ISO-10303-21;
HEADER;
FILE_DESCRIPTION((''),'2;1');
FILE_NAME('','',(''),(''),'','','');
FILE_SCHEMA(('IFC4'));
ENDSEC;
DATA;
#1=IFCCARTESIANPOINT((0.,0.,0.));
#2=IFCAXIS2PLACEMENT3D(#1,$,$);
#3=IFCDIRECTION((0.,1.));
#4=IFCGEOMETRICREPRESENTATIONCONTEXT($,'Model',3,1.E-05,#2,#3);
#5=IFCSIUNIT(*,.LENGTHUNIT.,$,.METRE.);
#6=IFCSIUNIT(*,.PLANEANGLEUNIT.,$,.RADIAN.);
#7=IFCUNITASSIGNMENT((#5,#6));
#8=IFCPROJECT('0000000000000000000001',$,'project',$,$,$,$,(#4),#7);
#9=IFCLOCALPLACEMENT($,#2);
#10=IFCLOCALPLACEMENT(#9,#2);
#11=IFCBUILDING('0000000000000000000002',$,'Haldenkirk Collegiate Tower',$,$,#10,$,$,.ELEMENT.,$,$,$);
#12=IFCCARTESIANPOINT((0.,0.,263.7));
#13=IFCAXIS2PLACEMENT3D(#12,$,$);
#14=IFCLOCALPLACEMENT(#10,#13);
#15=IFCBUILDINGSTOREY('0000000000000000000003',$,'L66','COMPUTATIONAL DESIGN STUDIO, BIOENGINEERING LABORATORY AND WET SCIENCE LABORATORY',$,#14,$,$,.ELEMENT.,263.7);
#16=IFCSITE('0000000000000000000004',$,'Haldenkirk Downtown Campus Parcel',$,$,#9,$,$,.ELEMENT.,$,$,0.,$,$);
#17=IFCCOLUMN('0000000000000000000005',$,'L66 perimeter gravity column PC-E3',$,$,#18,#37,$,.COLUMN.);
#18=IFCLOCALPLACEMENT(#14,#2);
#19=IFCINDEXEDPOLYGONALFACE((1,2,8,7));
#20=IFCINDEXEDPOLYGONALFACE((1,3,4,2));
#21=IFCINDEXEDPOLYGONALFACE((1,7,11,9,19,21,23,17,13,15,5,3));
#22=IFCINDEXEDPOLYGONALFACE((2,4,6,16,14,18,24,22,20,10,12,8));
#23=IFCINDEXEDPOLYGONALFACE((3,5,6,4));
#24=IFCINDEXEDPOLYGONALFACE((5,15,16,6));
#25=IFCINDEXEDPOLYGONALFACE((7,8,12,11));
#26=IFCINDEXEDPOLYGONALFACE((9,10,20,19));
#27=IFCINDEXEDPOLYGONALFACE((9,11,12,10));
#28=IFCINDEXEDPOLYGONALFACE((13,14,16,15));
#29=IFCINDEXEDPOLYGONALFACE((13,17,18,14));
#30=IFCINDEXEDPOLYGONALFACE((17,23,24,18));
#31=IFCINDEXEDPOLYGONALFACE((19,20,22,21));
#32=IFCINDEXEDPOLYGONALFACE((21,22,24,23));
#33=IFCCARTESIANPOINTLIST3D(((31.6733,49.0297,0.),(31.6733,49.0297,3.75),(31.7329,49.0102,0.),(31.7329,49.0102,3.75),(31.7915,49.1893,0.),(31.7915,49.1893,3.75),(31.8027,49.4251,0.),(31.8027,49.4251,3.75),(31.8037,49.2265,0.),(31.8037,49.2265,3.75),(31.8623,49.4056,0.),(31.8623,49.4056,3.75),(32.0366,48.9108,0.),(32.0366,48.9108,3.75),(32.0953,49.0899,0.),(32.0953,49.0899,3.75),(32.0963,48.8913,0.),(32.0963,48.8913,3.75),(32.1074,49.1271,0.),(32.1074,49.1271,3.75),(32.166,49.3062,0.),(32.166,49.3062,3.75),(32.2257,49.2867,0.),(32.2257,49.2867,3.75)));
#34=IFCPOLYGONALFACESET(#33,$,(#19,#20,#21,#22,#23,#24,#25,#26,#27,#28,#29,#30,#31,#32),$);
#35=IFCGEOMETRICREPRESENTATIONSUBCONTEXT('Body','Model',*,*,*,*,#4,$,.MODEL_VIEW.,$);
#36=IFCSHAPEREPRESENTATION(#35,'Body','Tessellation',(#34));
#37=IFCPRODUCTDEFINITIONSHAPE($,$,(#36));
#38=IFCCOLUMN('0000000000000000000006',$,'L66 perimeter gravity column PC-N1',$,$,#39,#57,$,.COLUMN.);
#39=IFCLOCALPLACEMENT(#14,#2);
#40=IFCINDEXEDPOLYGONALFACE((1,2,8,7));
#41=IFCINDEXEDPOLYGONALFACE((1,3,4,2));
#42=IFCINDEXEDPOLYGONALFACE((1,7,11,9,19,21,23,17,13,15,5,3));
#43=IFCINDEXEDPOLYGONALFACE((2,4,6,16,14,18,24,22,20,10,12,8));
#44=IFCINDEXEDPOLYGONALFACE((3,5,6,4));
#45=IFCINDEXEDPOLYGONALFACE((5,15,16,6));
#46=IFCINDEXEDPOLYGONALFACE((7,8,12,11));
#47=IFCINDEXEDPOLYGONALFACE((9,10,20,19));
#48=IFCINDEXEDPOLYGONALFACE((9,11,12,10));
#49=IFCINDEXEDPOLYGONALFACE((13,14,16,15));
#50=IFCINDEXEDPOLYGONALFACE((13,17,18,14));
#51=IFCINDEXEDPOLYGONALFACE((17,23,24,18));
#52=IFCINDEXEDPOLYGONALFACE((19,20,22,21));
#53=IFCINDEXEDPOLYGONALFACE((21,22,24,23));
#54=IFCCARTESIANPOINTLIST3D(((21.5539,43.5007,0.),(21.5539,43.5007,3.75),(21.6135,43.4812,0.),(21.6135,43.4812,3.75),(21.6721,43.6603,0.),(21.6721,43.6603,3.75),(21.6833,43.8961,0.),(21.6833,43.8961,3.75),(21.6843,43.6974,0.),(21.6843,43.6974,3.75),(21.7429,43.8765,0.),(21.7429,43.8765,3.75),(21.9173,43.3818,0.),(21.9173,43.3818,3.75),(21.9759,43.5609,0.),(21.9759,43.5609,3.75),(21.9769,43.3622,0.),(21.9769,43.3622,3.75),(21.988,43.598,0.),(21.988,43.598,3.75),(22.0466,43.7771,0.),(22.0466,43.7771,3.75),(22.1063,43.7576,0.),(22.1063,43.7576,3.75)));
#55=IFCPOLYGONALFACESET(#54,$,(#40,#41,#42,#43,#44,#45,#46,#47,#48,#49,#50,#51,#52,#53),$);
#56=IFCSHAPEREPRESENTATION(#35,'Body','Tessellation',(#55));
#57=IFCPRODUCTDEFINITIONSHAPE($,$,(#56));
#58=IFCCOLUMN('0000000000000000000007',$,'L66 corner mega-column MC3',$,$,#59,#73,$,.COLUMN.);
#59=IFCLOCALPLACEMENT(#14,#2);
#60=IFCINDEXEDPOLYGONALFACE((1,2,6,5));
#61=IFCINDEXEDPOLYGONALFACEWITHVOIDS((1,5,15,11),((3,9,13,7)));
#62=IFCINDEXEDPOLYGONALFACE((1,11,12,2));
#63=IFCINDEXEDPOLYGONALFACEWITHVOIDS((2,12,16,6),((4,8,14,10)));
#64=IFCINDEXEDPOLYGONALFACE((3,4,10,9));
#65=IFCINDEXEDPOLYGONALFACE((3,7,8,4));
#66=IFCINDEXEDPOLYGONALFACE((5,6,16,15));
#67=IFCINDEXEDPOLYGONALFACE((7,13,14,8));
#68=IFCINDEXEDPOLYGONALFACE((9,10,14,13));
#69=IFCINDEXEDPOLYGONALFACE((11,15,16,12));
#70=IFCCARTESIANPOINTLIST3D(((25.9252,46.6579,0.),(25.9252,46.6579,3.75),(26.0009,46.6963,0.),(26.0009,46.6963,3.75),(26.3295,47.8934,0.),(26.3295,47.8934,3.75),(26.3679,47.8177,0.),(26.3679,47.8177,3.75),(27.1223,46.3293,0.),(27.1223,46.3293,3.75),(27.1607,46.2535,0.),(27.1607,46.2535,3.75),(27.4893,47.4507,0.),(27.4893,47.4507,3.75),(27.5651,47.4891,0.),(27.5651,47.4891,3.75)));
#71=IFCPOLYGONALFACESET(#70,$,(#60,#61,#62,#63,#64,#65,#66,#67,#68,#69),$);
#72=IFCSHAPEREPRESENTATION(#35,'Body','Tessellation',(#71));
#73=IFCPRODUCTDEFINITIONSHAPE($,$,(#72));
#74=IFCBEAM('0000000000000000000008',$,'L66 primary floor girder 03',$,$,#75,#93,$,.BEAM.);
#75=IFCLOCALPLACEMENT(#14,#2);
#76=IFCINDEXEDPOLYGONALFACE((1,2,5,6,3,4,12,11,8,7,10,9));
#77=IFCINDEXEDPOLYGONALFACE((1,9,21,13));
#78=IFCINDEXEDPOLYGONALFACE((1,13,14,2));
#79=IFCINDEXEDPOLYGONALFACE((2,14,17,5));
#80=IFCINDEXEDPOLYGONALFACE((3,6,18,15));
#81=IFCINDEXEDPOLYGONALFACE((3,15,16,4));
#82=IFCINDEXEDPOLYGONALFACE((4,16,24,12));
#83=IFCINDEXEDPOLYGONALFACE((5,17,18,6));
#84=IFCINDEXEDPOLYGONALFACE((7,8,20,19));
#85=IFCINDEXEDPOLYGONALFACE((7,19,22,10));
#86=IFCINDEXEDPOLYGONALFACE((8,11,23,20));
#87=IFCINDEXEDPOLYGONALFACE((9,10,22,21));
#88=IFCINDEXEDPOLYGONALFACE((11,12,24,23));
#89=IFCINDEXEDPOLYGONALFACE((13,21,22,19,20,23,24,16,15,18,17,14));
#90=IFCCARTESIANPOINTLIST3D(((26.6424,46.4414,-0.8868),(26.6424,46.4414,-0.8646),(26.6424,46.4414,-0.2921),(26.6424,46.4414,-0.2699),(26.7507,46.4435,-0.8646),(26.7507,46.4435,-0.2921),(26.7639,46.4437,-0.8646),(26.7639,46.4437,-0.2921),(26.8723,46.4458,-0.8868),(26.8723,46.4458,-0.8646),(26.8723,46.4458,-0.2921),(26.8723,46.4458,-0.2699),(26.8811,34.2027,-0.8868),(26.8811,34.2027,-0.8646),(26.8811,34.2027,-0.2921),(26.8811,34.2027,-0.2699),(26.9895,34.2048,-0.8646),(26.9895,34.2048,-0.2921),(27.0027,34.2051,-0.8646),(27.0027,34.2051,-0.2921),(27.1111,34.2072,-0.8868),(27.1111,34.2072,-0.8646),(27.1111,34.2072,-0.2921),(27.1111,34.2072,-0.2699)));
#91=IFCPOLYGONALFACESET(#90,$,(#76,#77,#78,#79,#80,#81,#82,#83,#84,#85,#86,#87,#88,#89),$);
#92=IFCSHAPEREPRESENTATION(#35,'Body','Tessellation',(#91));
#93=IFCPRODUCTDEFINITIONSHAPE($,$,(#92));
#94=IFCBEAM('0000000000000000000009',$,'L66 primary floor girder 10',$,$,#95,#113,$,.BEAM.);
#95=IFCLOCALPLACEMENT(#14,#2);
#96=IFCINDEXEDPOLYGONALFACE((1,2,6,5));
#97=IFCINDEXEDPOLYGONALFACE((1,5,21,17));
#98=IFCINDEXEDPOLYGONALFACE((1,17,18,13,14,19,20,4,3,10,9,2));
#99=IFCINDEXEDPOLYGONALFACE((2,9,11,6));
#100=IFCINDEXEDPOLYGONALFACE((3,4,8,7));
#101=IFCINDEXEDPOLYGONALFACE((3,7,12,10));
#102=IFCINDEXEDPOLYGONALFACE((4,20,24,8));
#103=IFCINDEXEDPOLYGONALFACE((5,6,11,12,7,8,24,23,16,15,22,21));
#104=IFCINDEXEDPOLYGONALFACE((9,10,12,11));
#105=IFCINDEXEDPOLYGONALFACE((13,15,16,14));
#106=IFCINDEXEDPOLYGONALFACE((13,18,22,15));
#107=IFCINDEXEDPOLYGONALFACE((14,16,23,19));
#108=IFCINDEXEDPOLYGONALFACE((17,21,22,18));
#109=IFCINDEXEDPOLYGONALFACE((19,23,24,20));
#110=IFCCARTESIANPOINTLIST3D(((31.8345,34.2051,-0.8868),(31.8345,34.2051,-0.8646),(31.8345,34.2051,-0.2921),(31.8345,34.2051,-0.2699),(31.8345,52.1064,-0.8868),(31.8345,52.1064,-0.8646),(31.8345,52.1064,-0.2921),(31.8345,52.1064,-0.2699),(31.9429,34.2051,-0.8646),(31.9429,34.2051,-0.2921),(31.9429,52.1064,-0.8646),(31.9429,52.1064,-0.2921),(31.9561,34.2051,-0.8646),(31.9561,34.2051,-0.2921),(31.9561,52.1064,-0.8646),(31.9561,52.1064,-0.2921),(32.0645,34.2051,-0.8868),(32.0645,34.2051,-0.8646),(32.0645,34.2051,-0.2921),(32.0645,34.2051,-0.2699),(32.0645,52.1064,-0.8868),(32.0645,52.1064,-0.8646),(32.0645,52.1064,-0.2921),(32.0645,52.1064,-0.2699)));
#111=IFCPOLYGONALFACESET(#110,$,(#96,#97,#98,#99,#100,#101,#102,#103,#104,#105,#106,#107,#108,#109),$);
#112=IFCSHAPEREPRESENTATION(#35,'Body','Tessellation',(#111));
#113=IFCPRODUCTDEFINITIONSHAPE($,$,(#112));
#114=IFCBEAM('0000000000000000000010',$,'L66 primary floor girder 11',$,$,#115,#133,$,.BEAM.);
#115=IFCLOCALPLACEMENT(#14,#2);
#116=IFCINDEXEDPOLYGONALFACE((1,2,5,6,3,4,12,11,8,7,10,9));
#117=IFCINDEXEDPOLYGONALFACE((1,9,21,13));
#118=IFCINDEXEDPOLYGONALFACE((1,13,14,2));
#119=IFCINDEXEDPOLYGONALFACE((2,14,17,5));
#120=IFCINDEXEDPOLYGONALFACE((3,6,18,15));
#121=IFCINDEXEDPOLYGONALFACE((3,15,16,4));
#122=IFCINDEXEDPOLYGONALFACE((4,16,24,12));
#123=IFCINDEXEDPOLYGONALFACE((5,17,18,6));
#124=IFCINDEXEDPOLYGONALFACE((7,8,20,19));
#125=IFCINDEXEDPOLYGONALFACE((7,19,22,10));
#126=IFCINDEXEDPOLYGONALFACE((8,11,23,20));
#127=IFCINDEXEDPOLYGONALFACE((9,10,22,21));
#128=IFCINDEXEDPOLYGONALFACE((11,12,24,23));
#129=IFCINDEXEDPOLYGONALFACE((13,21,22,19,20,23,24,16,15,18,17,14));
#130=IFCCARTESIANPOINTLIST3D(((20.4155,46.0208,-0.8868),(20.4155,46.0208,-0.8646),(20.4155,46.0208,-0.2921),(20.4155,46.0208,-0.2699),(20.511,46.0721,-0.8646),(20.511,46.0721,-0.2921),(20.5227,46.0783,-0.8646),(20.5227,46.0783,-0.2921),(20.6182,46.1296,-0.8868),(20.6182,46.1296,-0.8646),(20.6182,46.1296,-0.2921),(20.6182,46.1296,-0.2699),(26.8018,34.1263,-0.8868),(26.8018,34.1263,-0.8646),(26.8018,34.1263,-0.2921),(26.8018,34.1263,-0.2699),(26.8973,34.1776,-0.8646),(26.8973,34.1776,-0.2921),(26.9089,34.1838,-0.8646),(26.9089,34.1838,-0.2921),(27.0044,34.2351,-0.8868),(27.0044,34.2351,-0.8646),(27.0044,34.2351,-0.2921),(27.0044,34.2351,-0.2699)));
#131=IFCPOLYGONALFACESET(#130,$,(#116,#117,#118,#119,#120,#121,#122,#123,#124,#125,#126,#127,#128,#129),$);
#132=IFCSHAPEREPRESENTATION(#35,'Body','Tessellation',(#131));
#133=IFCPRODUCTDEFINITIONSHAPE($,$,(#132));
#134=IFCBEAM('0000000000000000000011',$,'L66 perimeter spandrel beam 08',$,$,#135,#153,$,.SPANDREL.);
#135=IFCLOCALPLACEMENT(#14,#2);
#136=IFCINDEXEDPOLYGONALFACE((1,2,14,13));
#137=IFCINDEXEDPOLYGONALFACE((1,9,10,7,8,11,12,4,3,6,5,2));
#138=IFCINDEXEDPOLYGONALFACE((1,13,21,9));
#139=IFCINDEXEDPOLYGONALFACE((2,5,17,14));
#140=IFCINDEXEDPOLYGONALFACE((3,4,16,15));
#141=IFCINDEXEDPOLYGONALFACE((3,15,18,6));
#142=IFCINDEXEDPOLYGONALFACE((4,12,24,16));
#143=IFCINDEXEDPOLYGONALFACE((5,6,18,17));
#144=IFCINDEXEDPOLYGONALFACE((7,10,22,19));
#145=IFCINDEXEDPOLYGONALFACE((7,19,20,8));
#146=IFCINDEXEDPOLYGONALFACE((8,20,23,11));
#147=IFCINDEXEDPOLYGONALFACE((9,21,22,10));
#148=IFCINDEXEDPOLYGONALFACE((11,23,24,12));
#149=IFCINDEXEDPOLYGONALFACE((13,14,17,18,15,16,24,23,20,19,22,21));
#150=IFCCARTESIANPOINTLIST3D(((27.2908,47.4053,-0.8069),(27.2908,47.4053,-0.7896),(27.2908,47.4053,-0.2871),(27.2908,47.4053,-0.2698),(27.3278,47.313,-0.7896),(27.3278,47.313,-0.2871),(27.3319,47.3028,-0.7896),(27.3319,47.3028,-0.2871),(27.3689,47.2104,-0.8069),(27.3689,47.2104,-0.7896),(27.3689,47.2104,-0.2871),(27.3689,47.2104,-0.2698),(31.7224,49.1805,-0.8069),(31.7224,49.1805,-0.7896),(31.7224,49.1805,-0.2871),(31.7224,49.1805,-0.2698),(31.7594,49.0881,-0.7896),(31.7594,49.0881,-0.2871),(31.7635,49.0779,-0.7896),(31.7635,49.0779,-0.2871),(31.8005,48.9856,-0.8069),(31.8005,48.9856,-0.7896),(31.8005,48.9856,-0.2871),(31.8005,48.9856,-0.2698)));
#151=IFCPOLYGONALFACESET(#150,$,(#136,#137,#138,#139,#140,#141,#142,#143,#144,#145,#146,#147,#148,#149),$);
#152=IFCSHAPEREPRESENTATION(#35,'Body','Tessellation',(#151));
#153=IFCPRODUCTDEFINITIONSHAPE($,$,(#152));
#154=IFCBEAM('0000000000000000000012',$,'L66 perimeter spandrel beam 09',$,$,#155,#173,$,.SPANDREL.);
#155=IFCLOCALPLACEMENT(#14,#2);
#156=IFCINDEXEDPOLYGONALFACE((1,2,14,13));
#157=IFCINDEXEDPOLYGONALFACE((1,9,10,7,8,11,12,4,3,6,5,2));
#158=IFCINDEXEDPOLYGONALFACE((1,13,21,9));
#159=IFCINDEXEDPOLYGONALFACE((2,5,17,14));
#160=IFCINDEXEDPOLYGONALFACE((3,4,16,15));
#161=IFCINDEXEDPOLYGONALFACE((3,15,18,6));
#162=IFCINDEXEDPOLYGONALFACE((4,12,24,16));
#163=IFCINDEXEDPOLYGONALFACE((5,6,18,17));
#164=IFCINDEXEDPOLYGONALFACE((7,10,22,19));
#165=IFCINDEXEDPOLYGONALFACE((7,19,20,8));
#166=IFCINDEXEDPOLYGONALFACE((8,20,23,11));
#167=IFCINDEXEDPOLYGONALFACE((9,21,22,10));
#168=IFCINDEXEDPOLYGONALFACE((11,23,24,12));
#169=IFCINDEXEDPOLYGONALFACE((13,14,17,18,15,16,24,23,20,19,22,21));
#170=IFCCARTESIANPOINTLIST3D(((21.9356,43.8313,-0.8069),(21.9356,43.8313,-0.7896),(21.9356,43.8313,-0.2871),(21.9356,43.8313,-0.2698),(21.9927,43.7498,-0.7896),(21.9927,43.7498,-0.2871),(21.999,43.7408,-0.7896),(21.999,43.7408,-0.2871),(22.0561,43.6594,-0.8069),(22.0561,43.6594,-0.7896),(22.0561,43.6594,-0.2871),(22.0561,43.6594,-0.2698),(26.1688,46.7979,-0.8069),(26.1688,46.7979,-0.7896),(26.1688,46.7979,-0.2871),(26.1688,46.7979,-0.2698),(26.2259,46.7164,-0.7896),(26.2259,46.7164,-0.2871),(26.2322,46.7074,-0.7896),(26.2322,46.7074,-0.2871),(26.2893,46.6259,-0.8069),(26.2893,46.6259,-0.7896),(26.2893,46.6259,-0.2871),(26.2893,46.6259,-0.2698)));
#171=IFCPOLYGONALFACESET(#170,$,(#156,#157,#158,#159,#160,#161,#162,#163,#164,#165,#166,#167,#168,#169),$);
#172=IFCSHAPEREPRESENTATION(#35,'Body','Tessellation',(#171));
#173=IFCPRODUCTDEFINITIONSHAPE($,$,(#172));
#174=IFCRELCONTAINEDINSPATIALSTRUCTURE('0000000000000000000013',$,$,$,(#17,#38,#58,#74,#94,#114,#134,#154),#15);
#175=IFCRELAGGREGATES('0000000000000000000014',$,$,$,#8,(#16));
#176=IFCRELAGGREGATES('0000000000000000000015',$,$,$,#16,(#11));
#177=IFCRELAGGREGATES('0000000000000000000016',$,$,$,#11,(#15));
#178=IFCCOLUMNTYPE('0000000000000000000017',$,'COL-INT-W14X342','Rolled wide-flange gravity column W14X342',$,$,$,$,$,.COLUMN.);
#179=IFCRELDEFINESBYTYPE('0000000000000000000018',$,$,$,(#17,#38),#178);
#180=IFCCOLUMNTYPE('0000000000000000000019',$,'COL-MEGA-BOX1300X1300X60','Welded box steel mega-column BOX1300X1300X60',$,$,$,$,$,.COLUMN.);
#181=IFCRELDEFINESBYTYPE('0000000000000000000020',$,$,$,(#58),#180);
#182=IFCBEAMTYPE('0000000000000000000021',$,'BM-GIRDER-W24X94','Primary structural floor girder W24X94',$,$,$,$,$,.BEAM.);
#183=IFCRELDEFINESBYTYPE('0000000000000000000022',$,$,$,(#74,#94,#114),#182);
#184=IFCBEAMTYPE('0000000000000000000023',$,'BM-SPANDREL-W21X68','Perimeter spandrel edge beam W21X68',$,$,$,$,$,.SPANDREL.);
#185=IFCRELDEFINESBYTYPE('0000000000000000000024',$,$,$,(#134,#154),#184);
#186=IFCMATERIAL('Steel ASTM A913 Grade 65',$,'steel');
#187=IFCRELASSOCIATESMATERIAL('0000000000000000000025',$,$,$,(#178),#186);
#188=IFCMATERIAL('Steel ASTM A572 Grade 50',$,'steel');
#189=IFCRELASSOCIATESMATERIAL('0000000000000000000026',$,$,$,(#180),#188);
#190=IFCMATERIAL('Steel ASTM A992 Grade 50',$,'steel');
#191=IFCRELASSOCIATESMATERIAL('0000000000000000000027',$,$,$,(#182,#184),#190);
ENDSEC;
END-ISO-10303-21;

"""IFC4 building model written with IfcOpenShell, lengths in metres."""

from ifc_helpers import new_model, si_unit, direction, frame, origin, origin_2d, place, context, subcontext, project, spatial, hollow_rectangle, i_section, extrude, material, material_profile, profile_set, type_object, element, save


model = new_model("IFC4")

# Units and contexts
model_context = context("Model", 3, precision=1e-05, world=origin(), true_north=direction((0.0, 1.0)))
body_context = subcontext(model_context, "Body", "Model", "MODEL_VIEW")
ifc_project = project(units=[si_unit("LENGTHUNIT", "METRE"), si_unit("PLANEANGLEUNIT", "RADIAN")], contexts=[model_context])

# Site, building, storey
site_placement = place(None, origin())
site = spatial("IfcSite", under=ifc_project, at=site_placement, Name="Haldenkirk Downtown Campus Parcel", CompositionType="ELEMENT", RefElevation=0.0)
building_placement = place(site_placement, origin())
building = spatial("IfcBuilding", under=site, at=building_placement, Name="Haldenkirk Collegiate Tower", CompositionType="ELEMENT")
storey_placement = place(building_placement, frame((0.0, 0.0, 263.7)))
storey = spatial("IfcBuildingStorey", under=building, at=storey_placement, Name="L66", Description="COMPUTATIONAL DESIGN STUDIO, BIOENGINEERING LABORATORY AND WET SCIENCE LABORATORY", CompositionType="ELEMENT", Elevation=263.7)

# Columns
ifc_material_1 = material(Name="Steel ASTM A913 Grade 65", Category="steel")
ifc_material_profile_1 = material_profile(ifc_material_1, i_section(OverallWidth=0.416, OverallDepth=0.4451, WebThickness=0.0391, FlangeThickness=0.0627, at=origin_2d()), Name="W14X342")
ifc_profile_set_1 = profile_set([ifc_material_profile_1], Name="Steel ASTM A913 Grade 65")
column_type_1 = type_object("IfcColumnType", Name="COL-INT-W14X342", Description="Rolled wide-flange gravity column W14X342", PredefinedType="COLUMN", material=ifc_profile_set_1)
for number, where, z_axis, x_axis, name in (
    (1, (31.9495, 49.1582, 0.0), (0.0, 0.0, 1.0), (0.311008, 0.950407, 0.0), "L66 perimeter gravity column PC-E3"),
    (2, (21.8301, 43.6292, 0.0), (0.0, 0.0, 1.0), (0.311008, 0.950407, 0.0), "L66 perimeter gravity column PC-N1"),
):
    element("IfcColumn", number, at=place(storey_placement, frame(where, z_axis=z_axis, x_axis=x_axis)), inside=storey, type_object=column_type_1, Name=name, PredefinedType="COLUMN", context=body_context, shape_type="SweptSolid", body=[
        extrude(i_section(OverallWidth=0.416, OverallDepth=0.4451, WebThickness=0.0391, FlangeThickness=0.0627, at=origin_2d()), origin(), (0.0, 0.0, 1.0), 3.75),
    ])
ifc_material_2 = material(Name="Steel ASTM A572 Grade 50", Category="steel")
ifc_material_profile_2 = material_profile(ifc_material_2, hollow_rectangle(XDim=1.3, YDim=1.3, WallThickness=0.0601, at=origin_2d()), Name="BOX1300X1300X60")
ifc_profile_set_2 = profile_set([ifc_material_profile_2], Name="Steel ASTM A572 Grade 50")
column_type_2 = type_object("IfcColumnType", Name="COL-MEGA-BOX1300X1300X60", Description="Welded box steel mega-column BOX1300X1300X60", PredefinedType="COLUMN", material=ifc_profile_set_2)
column_placement = place(storey_placement, frame((26.7451, 47.0735, 0.0), z_axis=(0.0, 0.0, 1.0), x_axis=(0.311008, 0.950407, 0.0)))
element("IfcColumn", 3, at=column_placement, inside=storey, type_object=column_type_2, Name="L66 corner mega-column MC3", PredefinedType="COLUMN", context=body_context, shape_type="SweptSolid", body=[
    extrude(hollow_rectangle(XDim=1.3, YDim=1.3, WallThickness=0.0601, at=origin_2d()), origin(), (0.0, 0.0, 1.0), 3.75),
])

# Beams
ifc_material_3 = material(Name="Steel ASTM A992 Grade 50", Category="steel")
ifc_material_profile_3 = material_profile(ifc_material_3, i_section(OverallWidth=0.23, OverallDepth=0.6169, WebThickness=0.0132, FlangeThickness=0.0222, at=origin_2d()), Name="W24X94")
ifc_profile_set_3 = profile_set([ifc_material_profile_3], Name="Steel ASTM A992 Grade 50")
beam_type_1 = type_object("IfcBeamType", Name="BM-GIRDER-W24X94", Description="Primary structural floor girder W24X94", PredefinedType="BEAM", material=ifc_profile_set_3)
beam_1_placement = place(storey_placement, frame((26.7573, 46.4436, -0.5784), z_axis=(0.019506, -0.99981, 0.0), x_axis=(0.99981, 0.019506, 0.0)))
element("IfcBeam", 4, at=beam_1_placement, inside=storey, type_object=beam_type_1, Name="L66 primary floor girder 03", PredefinedType="BEAM", context=body_context, shape_type="SweptSolid", body=[
    extrude(i_section(OverallWidth=0.23, OverallDepth=0.6169, WebThickness=0.0132, FlangeThickness=0.0222, at=origin_2d()), origin(), (0.0, 0.0, 1.0), 12.241),
])
beam_2_placement = place(storey_placement, frame((31.9495, 52.1064, -0.5784), z_axis=(0.0, -1.0, 0.0), x_axis=(1.0, 0.0, 0.0)))
element("IfcBeam", 5, at=beam_2_placement, inside=storey, type_object=beam_type_1, Name="L66 primary floor girder 10", PredefinedType="BEAM", context=body_context, shape_type="SweptSolid", body=[
    extrude(i_section(OverallWidth=0.23, OverallDepth=0.6169, WebThickness=0.0132, FlangeThickness=0.0222, at=origin_2d()), origin(), (0.0, 0.0, 1.0), 17.9014),
])
beam_3_placement = place(storey_placement, frame((20.5168, 46.0752, -0.5784), z_axis=(0.473036, -0.881043, 0.0), x_axis=(0.881043, 0.473036, 0.0)))
element("IfcBeam", 6, at=beam_3_placement, inside=storey, type_object=beam_type_1, Name="L66 primary floor girder 11", PredefinedType="BEAM", context=body_context, shape_type="SweptSolid", body=[
    extrude(i_section(OverallWidth=0.23, OverallDepth=0.6169, WebThickness=0.0132, FlangeThickness=0.0222, at=origin_2d()), origin(), (0.0, 0.0, 1.0), 13.5005),
])
ifc_material_profile_4 = material_profile(ifc_material_3, i_section(OverallWidth=0.21, OverallDepth=0.5371, WebThickness=0.011, FlangeThickness=0.0173, at=origin_2d()), Name="W21X68")
ifc_profile_set_4 = profile_set([ifc_material_profile_4], Name="Steel ASTM A992 Grade 50")
beam_type_2 = type_object("IfcBeamType", Name="BM-SPANDREL-W21X68", Description="Perimeter spandrel edge beam W21X68", PredefinedType="SPANDREL", material=ifc_profile_set_4)
beam_4_placement = place(storey_placement, frame((31.7615, 49.083, -0.5383), z_axis=(-0.928297, -0.37184, 0.0), x_axis=(0.37184, -0.928297, 0.0)))
element("IfcBeam", 7, at=beam_4_placement, inside=storey, type_object=beam_type_2, Name="L66 perimeter spandrel beam 08", PredefinedType="SPANDREL", context=body_context, shape_type="SweptSolid", body=[
    extrude(i_section(OverallWidth=0.21, OverallDepth=0.5371, WebThickness=0.011, FlangeThickness=0.0173, at=origin_2d()), origin(), (0.0, 0.0, 1.0), 4.7739),
])
beam_5_placement = place(storey_placement, frame((26.229, 46.7119, -0.5383), z_axis=(-0.818928, -0.573897, 0.0), x_axis=(0.573897, -0.818928, 0.0)))
element("IfcBeam", 8, at=beam_5_placement, inside=storey, type_object=beam_type_2, Name="L66 perimeter spandrel beam 09", PredefinedType="SPANDREL", context=body_context, shape_type="SweptSolid", body=[
    extrude(i_section(OverallWidth=0.21, OverallDepth=0.5371, WebThickness=0.011, FlangeThickness=0.0173, at=origin_2d()), origin(), (0.0, 0.0, 1.0), 5.1692),
])

save(model, "model.ifc")
